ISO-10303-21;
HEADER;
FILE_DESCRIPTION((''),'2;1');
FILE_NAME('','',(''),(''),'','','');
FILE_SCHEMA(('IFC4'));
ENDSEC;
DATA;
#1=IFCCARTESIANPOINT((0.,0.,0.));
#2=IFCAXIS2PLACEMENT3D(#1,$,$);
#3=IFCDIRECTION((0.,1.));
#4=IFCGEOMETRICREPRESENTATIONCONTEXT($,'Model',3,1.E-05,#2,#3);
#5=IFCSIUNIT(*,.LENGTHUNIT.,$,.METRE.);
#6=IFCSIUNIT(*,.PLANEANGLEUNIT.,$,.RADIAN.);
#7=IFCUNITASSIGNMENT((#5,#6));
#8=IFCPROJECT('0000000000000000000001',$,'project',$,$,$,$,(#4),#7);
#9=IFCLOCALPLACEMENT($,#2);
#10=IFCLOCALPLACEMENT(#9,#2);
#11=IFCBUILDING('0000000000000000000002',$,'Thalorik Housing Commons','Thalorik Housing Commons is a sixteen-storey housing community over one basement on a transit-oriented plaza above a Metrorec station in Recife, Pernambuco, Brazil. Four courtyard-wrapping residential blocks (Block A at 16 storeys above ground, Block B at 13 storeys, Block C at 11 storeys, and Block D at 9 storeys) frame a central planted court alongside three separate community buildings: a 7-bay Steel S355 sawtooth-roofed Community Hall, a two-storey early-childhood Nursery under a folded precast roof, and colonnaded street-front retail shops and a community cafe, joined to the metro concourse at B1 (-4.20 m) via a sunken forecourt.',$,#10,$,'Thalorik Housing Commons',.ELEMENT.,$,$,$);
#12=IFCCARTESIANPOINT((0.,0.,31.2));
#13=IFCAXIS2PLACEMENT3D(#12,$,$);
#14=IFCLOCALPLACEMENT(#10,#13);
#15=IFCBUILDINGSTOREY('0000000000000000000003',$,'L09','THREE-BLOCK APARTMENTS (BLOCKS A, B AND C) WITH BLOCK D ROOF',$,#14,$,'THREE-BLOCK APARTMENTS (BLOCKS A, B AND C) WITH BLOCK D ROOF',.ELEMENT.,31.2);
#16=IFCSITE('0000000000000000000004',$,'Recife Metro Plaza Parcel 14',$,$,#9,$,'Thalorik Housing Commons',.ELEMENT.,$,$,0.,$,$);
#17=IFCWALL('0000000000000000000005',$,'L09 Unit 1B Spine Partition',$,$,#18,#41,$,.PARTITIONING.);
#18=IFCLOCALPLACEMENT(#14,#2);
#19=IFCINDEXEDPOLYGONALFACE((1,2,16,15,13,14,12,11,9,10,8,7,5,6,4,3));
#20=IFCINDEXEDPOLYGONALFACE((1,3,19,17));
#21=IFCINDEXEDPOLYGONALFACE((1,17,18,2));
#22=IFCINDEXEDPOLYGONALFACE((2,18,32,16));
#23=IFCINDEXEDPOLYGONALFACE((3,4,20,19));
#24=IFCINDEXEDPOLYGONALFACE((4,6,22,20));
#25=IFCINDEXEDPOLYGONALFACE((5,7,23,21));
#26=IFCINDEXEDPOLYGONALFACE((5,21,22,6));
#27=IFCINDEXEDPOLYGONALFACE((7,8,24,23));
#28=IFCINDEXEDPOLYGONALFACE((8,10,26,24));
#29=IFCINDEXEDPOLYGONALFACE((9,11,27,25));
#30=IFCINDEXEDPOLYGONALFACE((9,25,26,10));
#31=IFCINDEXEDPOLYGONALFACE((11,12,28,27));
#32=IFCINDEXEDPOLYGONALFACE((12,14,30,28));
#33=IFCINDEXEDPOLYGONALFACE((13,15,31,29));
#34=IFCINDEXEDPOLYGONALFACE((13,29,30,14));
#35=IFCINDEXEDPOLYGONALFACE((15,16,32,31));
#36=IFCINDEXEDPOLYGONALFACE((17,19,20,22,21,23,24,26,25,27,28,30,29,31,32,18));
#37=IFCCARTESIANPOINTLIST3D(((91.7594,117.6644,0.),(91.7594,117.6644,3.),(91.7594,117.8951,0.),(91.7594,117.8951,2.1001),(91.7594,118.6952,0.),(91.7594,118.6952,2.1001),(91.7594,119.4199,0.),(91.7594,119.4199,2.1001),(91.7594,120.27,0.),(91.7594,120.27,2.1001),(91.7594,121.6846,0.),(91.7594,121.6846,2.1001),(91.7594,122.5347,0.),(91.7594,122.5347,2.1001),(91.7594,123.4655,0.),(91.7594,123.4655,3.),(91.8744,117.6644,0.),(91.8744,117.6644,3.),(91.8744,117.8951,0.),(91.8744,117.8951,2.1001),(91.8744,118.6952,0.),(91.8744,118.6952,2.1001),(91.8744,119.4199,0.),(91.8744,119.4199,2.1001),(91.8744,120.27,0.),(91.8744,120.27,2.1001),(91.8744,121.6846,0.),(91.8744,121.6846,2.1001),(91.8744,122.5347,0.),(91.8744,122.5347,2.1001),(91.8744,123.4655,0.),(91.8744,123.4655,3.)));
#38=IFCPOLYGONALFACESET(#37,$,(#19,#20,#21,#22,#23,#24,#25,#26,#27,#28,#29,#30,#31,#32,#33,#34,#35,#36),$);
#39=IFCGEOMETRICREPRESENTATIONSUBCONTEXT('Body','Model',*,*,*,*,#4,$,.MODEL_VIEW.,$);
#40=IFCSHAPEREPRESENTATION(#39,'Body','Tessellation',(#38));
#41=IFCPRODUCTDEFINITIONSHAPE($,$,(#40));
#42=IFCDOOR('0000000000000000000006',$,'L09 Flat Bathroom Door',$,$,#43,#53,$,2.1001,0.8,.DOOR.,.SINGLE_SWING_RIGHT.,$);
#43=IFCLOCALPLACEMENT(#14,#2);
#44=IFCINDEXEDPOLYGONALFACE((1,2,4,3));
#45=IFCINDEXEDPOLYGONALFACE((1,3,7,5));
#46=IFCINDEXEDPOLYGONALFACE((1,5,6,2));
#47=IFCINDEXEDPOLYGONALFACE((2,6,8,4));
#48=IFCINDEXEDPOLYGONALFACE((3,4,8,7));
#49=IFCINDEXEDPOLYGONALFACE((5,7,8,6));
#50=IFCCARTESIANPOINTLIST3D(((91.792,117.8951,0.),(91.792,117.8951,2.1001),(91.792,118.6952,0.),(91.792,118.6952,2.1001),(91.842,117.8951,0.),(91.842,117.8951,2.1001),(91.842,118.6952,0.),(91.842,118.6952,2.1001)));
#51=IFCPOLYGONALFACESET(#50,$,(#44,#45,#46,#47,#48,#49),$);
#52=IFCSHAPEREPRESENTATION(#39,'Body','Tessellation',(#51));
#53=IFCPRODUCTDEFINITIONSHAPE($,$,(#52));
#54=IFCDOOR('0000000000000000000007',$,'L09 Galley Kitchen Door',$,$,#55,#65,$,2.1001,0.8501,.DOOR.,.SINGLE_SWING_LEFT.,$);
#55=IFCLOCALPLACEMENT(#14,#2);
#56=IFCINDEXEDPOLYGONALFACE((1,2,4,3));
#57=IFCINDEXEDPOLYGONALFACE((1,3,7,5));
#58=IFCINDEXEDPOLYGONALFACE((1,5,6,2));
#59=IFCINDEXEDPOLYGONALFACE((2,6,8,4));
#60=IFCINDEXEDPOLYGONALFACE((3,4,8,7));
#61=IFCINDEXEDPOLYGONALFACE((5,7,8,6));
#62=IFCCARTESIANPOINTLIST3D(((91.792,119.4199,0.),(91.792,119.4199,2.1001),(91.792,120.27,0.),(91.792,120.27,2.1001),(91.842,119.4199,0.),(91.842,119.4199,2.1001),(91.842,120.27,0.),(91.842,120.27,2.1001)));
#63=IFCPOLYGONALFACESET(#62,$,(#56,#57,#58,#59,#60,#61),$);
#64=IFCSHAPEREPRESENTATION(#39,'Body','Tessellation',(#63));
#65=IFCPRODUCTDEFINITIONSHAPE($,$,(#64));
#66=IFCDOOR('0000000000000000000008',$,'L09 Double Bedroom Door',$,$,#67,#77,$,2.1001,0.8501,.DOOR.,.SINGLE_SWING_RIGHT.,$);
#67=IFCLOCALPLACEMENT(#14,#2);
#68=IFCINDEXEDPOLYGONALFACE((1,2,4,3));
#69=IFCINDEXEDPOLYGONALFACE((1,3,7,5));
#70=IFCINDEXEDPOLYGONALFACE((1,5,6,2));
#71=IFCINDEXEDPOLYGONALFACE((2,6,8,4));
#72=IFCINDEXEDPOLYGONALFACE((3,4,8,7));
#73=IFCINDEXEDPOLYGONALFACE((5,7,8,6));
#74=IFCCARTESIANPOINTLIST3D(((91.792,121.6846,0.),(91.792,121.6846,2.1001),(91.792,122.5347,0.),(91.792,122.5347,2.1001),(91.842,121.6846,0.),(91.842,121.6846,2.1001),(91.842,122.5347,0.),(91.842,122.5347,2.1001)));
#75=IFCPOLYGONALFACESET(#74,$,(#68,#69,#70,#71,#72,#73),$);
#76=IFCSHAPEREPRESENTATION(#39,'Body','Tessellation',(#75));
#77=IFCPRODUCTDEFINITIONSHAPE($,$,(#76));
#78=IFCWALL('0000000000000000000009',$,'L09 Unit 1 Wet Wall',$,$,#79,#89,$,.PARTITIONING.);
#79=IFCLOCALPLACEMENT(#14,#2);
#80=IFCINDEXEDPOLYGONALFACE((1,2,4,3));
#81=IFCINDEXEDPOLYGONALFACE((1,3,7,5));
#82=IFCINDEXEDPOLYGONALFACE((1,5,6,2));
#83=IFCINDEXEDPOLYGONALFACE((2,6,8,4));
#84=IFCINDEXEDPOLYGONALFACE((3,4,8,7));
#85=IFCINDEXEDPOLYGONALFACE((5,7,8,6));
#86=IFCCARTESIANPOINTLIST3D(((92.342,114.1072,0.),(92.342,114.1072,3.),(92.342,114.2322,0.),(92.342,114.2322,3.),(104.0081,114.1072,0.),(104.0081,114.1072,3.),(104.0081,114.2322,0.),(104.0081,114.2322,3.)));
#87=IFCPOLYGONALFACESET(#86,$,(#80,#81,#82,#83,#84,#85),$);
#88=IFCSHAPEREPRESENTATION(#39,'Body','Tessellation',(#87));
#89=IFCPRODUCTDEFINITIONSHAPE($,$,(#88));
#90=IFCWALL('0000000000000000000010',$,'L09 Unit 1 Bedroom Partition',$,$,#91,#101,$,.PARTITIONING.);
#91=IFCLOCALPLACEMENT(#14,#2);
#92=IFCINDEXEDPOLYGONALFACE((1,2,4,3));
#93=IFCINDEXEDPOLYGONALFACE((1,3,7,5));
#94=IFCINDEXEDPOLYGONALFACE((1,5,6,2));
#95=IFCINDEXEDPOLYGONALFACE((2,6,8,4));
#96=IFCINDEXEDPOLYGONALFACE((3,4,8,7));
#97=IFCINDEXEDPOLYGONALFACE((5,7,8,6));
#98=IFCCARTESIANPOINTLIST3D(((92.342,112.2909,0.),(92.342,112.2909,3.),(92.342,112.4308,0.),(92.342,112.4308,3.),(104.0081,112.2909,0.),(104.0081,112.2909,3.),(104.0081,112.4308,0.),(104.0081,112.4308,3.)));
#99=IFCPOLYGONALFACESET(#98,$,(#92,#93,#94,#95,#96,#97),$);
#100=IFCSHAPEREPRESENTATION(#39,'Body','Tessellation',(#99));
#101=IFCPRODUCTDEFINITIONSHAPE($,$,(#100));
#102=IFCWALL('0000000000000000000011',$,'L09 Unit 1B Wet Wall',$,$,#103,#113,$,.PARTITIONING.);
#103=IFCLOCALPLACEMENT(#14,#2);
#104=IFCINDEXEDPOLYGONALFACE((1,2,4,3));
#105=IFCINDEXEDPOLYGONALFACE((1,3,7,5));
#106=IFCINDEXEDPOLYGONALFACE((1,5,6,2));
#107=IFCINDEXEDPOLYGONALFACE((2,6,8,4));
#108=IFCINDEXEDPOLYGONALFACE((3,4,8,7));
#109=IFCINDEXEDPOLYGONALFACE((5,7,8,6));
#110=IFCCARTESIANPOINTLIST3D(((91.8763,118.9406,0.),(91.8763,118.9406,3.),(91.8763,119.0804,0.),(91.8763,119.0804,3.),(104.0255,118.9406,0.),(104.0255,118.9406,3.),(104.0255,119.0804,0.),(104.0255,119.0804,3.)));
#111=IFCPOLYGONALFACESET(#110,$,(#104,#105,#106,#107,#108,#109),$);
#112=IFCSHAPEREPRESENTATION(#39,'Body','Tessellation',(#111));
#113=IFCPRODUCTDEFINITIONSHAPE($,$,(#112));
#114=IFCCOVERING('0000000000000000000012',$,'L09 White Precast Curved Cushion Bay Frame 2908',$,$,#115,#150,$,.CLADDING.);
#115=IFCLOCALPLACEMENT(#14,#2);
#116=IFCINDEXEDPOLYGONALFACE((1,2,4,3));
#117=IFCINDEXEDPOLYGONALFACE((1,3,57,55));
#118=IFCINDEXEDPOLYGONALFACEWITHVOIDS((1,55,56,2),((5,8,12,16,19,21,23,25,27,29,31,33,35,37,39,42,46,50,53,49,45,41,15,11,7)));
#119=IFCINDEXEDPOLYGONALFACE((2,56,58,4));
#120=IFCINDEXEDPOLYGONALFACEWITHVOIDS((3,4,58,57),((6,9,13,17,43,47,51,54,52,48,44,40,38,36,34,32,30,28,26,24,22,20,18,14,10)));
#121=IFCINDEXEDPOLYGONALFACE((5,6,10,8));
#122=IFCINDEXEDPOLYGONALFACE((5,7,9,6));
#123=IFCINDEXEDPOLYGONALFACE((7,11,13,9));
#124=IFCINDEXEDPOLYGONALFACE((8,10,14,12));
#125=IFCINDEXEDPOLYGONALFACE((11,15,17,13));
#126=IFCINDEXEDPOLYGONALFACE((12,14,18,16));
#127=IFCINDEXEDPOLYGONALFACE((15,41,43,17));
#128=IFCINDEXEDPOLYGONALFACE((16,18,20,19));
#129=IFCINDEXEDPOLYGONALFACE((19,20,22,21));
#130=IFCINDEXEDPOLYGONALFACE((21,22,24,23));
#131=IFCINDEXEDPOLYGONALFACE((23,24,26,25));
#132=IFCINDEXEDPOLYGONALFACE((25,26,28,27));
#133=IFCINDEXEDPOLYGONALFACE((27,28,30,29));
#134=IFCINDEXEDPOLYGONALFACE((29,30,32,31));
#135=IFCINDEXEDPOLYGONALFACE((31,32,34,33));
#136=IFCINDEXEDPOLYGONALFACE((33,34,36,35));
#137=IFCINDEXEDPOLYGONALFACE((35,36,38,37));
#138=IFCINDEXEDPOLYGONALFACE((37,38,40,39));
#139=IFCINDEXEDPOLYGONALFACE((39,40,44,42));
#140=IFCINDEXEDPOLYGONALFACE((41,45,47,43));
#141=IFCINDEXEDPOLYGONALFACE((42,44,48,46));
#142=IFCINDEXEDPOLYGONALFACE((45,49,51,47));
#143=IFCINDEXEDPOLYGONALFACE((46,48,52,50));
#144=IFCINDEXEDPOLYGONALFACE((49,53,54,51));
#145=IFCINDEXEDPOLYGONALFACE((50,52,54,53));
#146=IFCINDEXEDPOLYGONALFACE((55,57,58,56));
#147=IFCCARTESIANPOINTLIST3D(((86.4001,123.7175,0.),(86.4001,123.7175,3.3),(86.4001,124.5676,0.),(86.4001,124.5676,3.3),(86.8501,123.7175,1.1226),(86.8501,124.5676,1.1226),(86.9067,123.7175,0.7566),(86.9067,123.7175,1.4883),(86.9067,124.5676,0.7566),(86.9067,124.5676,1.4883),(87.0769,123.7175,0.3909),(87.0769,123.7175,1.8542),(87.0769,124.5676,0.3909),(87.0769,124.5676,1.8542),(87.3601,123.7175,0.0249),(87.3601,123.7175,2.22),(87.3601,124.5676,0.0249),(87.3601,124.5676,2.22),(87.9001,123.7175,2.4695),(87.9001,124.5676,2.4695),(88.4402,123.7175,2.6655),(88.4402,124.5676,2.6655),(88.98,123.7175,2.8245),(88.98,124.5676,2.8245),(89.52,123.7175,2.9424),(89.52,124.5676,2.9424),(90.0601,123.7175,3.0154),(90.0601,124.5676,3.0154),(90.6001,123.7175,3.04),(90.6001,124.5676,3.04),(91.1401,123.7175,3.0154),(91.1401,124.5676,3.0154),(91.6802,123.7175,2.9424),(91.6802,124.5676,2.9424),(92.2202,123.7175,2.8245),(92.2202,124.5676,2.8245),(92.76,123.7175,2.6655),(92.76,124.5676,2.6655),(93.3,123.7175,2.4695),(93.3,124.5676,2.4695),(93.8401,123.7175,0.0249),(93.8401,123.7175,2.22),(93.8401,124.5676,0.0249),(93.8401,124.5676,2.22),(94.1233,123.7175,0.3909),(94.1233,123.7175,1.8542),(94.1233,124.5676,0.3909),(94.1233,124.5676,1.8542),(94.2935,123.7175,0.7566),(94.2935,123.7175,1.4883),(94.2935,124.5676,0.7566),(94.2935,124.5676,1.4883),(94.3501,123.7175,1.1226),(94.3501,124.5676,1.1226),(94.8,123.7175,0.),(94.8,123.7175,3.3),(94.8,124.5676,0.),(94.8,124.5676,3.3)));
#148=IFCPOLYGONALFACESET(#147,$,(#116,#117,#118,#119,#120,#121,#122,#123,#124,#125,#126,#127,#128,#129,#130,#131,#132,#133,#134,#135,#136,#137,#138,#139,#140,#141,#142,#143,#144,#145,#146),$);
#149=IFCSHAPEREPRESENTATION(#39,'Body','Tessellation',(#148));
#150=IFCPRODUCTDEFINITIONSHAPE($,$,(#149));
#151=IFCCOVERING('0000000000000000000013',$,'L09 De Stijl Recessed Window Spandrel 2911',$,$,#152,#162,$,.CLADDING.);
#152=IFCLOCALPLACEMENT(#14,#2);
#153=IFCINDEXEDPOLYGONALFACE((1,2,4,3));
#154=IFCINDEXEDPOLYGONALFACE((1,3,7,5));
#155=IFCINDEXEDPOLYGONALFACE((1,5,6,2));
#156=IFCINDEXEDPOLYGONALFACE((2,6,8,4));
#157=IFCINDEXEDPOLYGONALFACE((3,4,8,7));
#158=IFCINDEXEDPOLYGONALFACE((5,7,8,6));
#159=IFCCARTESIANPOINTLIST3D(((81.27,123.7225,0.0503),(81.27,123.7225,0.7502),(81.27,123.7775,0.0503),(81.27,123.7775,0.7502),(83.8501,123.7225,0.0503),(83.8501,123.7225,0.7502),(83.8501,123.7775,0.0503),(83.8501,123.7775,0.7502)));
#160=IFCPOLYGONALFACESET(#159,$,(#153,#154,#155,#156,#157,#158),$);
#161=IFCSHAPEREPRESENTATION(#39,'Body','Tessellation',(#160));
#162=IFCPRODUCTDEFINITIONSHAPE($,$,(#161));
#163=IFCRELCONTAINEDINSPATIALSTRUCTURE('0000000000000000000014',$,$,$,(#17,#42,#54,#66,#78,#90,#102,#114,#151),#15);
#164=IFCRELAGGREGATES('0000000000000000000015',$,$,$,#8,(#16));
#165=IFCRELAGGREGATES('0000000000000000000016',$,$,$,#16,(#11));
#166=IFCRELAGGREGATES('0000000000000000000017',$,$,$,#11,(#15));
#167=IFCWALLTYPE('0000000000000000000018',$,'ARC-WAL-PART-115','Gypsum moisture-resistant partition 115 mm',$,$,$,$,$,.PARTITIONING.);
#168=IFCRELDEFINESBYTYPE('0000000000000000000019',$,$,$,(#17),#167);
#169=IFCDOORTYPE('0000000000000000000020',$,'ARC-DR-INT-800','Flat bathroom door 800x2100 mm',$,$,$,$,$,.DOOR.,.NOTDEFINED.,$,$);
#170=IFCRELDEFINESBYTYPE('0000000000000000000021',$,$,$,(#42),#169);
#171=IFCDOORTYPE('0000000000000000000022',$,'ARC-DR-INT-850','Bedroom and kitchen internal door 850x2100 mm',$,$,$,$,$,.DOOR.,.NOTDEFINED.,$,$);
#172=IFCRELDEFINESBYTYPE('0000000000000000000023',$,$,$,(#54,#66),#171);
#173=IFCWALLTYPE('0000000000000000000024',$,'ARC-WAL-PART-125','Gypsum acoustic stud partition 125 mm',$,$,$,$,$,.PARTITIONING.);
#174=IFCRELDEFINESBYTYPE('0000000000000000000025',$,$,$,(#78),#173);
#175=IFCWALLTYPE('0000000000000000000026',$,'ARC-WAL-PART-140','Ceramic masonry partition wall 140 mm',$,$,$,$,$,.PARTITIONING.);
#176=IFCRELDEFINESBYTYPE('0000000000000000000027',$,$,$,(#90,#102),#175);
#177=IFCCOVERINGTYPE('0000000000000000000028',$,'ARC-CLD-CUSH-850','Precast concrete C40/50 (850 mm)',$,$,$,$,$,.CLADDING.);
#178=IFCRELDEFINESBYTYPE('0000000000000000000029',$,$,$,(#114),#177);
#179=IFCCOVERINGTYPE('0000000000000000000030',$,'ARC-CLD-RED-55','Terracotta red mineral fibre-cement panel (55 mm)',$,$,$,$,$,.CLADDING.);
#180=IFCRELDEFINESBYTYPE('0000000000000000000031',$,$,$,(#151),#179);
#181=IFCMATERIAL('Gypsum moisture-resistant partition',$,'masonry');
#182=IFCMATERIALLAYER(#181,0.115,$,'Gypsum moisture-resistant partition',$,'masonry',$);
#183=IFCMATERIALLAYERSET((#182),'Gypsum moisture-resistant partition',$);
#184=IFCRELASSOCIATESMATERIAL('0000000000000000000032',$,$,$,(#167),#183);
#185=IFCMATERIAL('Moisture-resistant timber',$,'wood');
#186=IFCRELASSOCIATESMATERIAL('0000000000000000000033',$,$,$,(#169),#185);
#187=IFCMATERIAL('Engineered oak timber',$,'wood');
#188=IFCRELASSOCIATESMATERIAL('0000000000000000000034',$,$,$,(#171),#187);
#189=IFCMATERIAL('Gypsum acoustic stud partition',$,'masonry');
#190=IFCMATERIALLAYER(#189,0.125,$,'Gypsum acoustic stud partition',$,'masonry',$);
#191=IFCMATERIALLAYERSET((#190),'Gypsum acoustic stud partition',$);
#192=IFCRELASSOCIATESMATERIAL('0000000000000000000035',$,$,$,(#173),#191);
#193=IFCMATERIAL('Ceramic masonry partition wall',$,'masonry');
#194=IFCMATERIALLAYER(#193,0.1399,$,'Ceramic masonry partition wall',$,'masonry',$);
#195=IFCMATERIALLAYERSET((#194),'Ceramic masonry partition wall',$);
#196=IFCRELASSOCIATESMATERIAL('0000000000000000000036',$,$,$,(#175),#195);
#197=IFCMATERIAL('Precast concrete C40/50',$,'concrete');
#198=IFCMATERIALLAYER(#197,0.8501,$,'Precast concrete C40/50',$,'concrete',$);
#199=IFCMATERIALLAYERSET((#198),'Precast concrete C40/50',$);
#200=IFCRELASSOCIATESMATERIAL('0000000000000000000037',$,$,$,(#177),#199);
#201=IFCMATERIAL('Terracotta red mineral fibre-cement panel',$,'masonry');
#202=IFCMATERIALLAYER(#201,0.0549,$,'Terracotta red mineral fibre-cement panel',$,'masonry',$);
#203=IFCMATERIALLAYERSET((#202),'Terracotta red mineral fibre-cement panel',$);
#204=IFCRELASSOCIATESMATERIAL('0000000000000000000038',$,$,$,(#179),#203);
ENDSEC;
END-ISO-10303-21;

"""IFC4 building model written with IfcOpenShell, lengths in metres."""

from ifc_helpers import new_model, si_unit, direction, frame, frame_2d, origin, origin_2d, place, context, subcontext, project, spatial, polyline, rectangle, outline, extrude, material, layer, layer_set, type_object, element, fill, save


model = new_model("IFC4")

# Units and contexts
model_context = context("Model", 3, precision=1e-05, world=origin(), true_north=direction((0.0, 1.0)))
body_context = subcontext(model_context, "Body", "Model", "MODEL_VIEW")
ifc_project = project(units=[si_unit("LENGTHUNIT", "METRE"), si_unit("PLANEANGLEUNIT", "RADIAN")], contexts=[model_context])

# Site, building, storey
site_placement = place(None, origin())
site = spatial("IfcSite", under=ifc_project, at=site_placement, Name="Recife Metro Plaza Parcel 14", LongName="Thalorik Housing Commons", CompositionType="ELEMENT", RefElevation=0.0)
building_placement = place(site_placement, origin())
building = spatial("IfcBuilding", under=site, at=building_placement, Name="Thalorik Housing Commons", Description="Thalorik Housing Commons is a sixteen-storey housing community over one basement on a transit-oriented plaza above a Metrorec station in Recife, Pernambuco, Brazil. Four courtyard-wrapping residential blocks (Block A at 16 storeys above ground, Block B at 13 storeys, Block C at 11 storeys, and Block D at 9 storeys) frame a central planted court alongside three separate community buildings: a 7-bay Steel S355 sawtooth-roofed Community Hall, a two-storey early-childhood Nursery under a folded precast roof, and colonnaded street-front retail shops and a community cafe, joined to the metro concourse at B1 (-4.20 m) via a sunken forecourt.", LongName="Thalorik Housing Commons", CompositionType="ELEMENT")
storey_placement = place(building_placement, frame((0.0, 0.0, 31.2)))
storey = spatial("IfcBuildingStorey", under=building, at=storey_placement, Name="L09", Description="THREE-BLOCK APARTMENTS (BLOCKS A, B AND C) WITH BLOCK D ROOF", LongName="THREE-BLOCK APARTMENTS (BLOCKS A, B AND C) WITH BLOCK D ROOF", CompositionType="ELEMENT", Elevation=31.2)

# Shared definitions
ifc_material_1 = material(Name="Precast concrete C40/50", Category="concrete")

# Wall, openings, doors
ifc_material_2 = material(Name="Gypsum moisture-resistant partition", Category="masonry")
ifc_layer_1 = layer(ifc_material_2, 0.115, Name="Gypsum moisture-resistant partition", Category="masonry")
ifc_layer_set_1 = layer_set([ifc_layer_1], Name="Gypsum moisture-resistant partition")
wall_type_1 = type_object("IfcWallType", Name="ARC-WAL-PART-115", Description="Gypsum moisture-resistant partition 115 mm", PredefinedType="PARTITIONING", material=ifc_layer_set_1)
wall_1_placement = place(storey_placement, frame((91.8169, 117.6646, 0.0), z_axis=(0.0, 0.0, 1.0), x_axis=(0.0, 1.0, 0.0)))
wall_1 = element("IfcWall", 1, at=wall_1_placement, inside=storey, type_object=wall_type_1, Name="L09 Unit 1B Spine Partition", PredefinedType="PARTITIONING", context=body_context, shape_type="SweptSolid", body=[
    extrude(rectangle(XDim=5.801, YDim=0.115, at=frame_2d((2.9004, 0.0))), origin(), (0.0, 0.0, 1.0), 3.0),
])
opening_1_placement = place(wall_1_placement, frame((0.2307, 0.0, 0.0)))
opening_1 = element("IfcOpeningElement", 2, at=opening_1_placement, cuts=wall_1, PredefinedType="OPENING", context=body_context, shape_type="SweptSolid", body=[
    extrude(rectangle(XDim=0.8, YDim=2.1001, at=frame_2d((0.3999, 1.05))), frame((0.0, 0.0674, 0.0), z_axis=(0.0, -1.0, 0.0), x_axis=(1.0, 0.0, 0.0)), (0.0, 0.0, 1.0), 0.135),
])
opening_2_placement = place(wall_1_placement, frame((1.7554, 0.0, 0.0)))
opening_2 = element("IfcOpeningElement", 3, at=opening_2_placement, cuts=wall_1, PredefinedType="OPENING", context=body_context, shape_type="SweptSolid", body=[
    extrude(rectangle(XDim=0.8501, YDim=2.1001, at=frame_2d((0.425, 1.05))), frame((0.0, 0.0674, 0.0), z_axis=(0.0, -1.0, 0.0), x_axis=(1.0, 0.0, 0.0)), (0.0, 0.0, 1.0), 0.135),
])
opening_3_placement = place(wall_1_placement, frame((4.02, 0.0, 0.0)))
opening_3 = element("IfcOpeningElement", 4, at=opening_3_placement, cuts=wall_1, PredefinedType="OPENING", context=body_context, shape_type="SweptSolid", body=[
    extrude(rectangle(XDim=0.8501, YDim=2.1001, at=frame_2d((0.425, 1.05))), frame((0.0, 0.0674, 0.0), z_axis=(0.0, -1.0, 0.0), x_axis=(1.0, 0.0, 0.0)), (0.0, 0.0, 1.0), 0.135),
])
ifc_material_3 = material(Name="Moisture-resistant timber", Category="wood")
door_type_1 = type_object("IfcDoorType", Name="ARC-DR-INT-800", Description="Flat bathroom door 800x2100 mm", OperationType="NOTDEFINED", PredefinedType="DOOR", material=ifc_material_3)
door_1_placement = place(opening_1_placement, origin())
door_1 = element("IfcDoor", 5, at=door_1_placement, inside=storey, type_object=door_type_1, Name="L09 Flat Bathroom Door", OperationType="SINGLE_SWING_RIGHT", OverallHeight=2.1001, OverallWidth=0.8, PredefinedType="DOOR", context=body_context, shape_type="SweptSolid", body=[
    extrude(rectangle(XDim=0.8, YDim=2.1001, at=frame_2d((0.3999, 1.05))), frame((0.0, 0.0249, 0.0), z_axis=(0.0, -1.0, 0.0), x_axis=(1.0, 0.0, 0.0)), (0.0, 0.0, 1.0), 0.05),
])
fill(opening_1, door_1)
ifc_material_4 = material(Name="Engineered oak timber", Category="wood")
door_type_2 = type_object("IfcDoorType", Name="ARC-DR-INT-850", Description="Bedroom and kitchen internal door 850x2100 mm", OperationType="NOTDEFINED", PredefinedType="DOOR", material=ifc_material_4)
door_2_placement = place(opening_2_placement, origin())
door_2 = element("IfcDoor", 6, at=door_2_placement, inside=storey, type_object=door_type_2, Name="L09 Galley Kitchen Door", OperationType="SINGLE_SWING_LEFT", OverallHeight=2.1001, OverallWidth=0.8501, PredefinedType="DOOR", context=body_context, shape_type="SweptSolid", body=[
    extrude(rectangle(XDim=0.8501, YDim=2.1001, at=frame_2d((0.425, 1.05))), frame((0.0, 0.0249, 0.0), z_axis=(0.0, -1.0, 0.0), x_axis=(1.0, 0.0, 0.0)), (0.0, 0.0, 1.0), 0.05),
])
fill(opening_2, door_2)
door_3_placement = place(opening_3_placement, origin())
door_3 = element("IfcDoor", 7, at=door_3_placement, inside=storey, type_object=door_type_2, Name="L09 Double Bedroom Door", OperationType="SINGLE_SWING_RIGHT", OverallHeight=2.1001, OverallWidth=0.8501, PredefinedType="DOOR", context=body_context, shape_type="SweptSolid", body=[
    extrude(rectangle(XDim=0.8501, YDim=2.1001, at=frame_2d((0.425, 1.05))), frame((0.0, 0.0249, 0.0), z_axis=(0.0, -1.0, 0.0), x_axis=(1.0, 0.0, 0.0)), (0.0, 0.0, 1.0), 0.05),
])
fill(opening_3, door_3)

# Walls
ifc_material_5 = material(Name="Gypsum acoustic stud partition", Category="masonry")
ifc_layer_2 = layer(ifc_material_5, 0.125, Name="Gypsum acoustic stud partition", Category="masonry")
ifc_layer_set_2 = layer_set([ifc_layer_2], Name="Gypsum acoustic stud partition")
wall_type_2 = type_object("IfcWallType", Name="ARC-WAL-PART-125", Description="Gypsum acoustic stud partition 125 mm", PredefinedType="PARTITIONING", material=ifc_layer_set_2)
wall_2_placement = place(storey_placement, frame((92.342, 114.1697, 0.0), z_axis=(0.0, 0.0, 1.0), x_axis=(1.0, 0.0, 0.0)))
element("IfcWall", 8, at=wall_2_placement, inside=storey, type_object=wall_type_2, Name="L09 Unit 1 Wet Wall", PredefinedType="PARTITIONING", context=body_context, shape_type="SweptSolid", body=[
    extrude(rectangle(XDim=11.666, YDim=0.125, at=frame_2d((5.833, 0.0))), origin(), (0.0, 0.0, 1.0), 3.0),
])
ifc_material_6 = material(Name="Ceramic masonry partition wall", Category="masonry")
ifc_layer_3 = layer(ifc_material_6, 0.1399, Name="Ceramic masonry partition wall", Category="masonry")
ifc_layer_set_3 = layer_set([ifc_layer_3], Name="Ceramic masonry partition wall")
wall_type_3 = type_object("IfcWallType", Name="ARC-WAL-PART-140", Description="Ceramic masonry partition wall 140 mm", PredefinedType="PARTITIONING", material=ifc_layer_set_3)
wall_3_placement = place(storey_placement, frame((92.342, 112.3608, 0.0), z_axis=(0.0, 0.0, 1.0), x_axis=(1.0, 0.0, 0.0)))
element("IfcWall", 9, at=wall_3_placement, inside=storey, type_object=wall_type_3, Name="L09 Unit 1 Bedroom Partition", PredefinedType="PARTITIONING", context=body_context, shape_type="SweptSolid", body=[
    extrude(rectangle(XDim=11.666, YDim=0.1399, at=frame_2d((5.833, 0.0))), origin(), (0.0, 0.0, 1.0), 3.0),
])
wall_4_placement = place(storey_placement, frame((91.8762, 119.0105, 0.0), z_axis=(0.0, 0.0, 1.0), x_axis=(1.0, 0.0, 0.0)))
element("IfcWall", 10, at=wall_4_placement, inside=storey, type_object=wall_type_3, Name="L09 Unit 1B Wet Wall", PredefinedType="PARTITIONING", context=body_context, shape_type="SweptSolid", body=[
    extrude(rectangle(XDim=12.1492, YDim=0.1399, at=frame_2d((6.0747, 0.0))), origin(), (0.0, 0.0, 1.0), 3.0),
])

# Coverings
ifc_layer_4 = layer(ifc_material_1, 0.8501, Name="Precast concrete C40/50", Category="concrete")
ifc_layer_set_4 = layer_set([ifc_layer_4], Name="Precast concrete C40/50")
covering_type_1 = type_object("IfcCoveringType", Name="ARC-CLD-CUSH-850", Description="Precast concrete C40/50 (850 mm)", PredefinedType="CLADDING", material=ifc_layer_set_4)
covering_1_placement = place(storey_placement, frame((90.6001, 124.1426, 0.0), z_axis=(0.0, 0.0, 1.0), x_axis=(-1.0, 0.0, 0.0)))
element("IfcCovering", 11, at=covering_1_placement, inside=storey, type_object=covering_type_1, Name="L09 White Precast Curved Cushion Bay Frame 2908", PredefinedType="CLADDING", context=body_context, shape_type="SweptSolid", body=[
    extrude(outline(polyline([(-4.2, 0.0), (4.2, 0.0), (4.2, 3.3), (-4.2, 3.3), (-4.2, 0.0)]), holes=[polyline([(3.24, 0.0249), (3.5232, 0.3909), (3.6934, 0.7566), (3.75, 1.1226), (3.6934, 1.4883), (3.5232, 1.8542), (3.24, 2.22), (2.7, 2.4695), (2.1599, 2.6655), (1.6201, 2.8245), (1.0801, 2.9424), (0.54, 3.0154), (0.0, 3.04), (-0.54, 3.0154), (-1.0801, 2.9424), (-1.6201, 2.8245), (-2.1599, 2.6655), (-2.7, 2.4695), (-3.24, 2.22), (-3.5232, 1.8542), (-3.6934, 1.4883), (-3.75, 1.1226), (-3.6934, 0.7566), (-3.5232, 0.3909), (-3.24, 0.0249), (3.24, 0.0249)])]), frame((0.0, 0.425, 0.0), z_axis=(0.0, -1.0, 0.0), x_axis=(1.0, 0.0, 0.0)), (0.0, 0.0, 1.0), 0.8501),
])
ifc_material_7 = material(Name="Terracotta red mineral fibre-cement panel", Category="masonry")
ifc_layer_5 = layer(ifc_material_7, 0.0549, Name="Terracotta red mineral fibre-cement panel", Category="masonry")
ifc_layer_set_5 = layer_set([ifc_layer_5], Name="Terracotta red mineral fibre-cement panel")
covering_type_2 = type_object("IfcCoveringType", Name="ARC-CLD-RED-55", Description="Terracotta red mineral fibre-cement panel (55 mm)", PredefinedType="CLADDING", material=ifc_layer_set_5)
covering_2_placement = place(storey_placement, frame((82.5601, 123.75, 0.0503), z_axis=(0.0, 0.0, 1.0), x_axis=(-1.0, 0.0, 0.0)))
element("IfcCovering", 12, at=covering_2_placement, inside=storey, type_object=covering_type_2, Name="L09 De Stijl Recessed Window Spandrel 2911", PredefinedType="CLADDING", context=body_context, shape_type="SweptSolid", body=[
    extrude(rectangle(XDim=2.5801, YDim=0.0549, at=origin_2d()), origin(), (0.0, 0.0, 1.0), 0.7),
])

save(model, "model.ifc")
